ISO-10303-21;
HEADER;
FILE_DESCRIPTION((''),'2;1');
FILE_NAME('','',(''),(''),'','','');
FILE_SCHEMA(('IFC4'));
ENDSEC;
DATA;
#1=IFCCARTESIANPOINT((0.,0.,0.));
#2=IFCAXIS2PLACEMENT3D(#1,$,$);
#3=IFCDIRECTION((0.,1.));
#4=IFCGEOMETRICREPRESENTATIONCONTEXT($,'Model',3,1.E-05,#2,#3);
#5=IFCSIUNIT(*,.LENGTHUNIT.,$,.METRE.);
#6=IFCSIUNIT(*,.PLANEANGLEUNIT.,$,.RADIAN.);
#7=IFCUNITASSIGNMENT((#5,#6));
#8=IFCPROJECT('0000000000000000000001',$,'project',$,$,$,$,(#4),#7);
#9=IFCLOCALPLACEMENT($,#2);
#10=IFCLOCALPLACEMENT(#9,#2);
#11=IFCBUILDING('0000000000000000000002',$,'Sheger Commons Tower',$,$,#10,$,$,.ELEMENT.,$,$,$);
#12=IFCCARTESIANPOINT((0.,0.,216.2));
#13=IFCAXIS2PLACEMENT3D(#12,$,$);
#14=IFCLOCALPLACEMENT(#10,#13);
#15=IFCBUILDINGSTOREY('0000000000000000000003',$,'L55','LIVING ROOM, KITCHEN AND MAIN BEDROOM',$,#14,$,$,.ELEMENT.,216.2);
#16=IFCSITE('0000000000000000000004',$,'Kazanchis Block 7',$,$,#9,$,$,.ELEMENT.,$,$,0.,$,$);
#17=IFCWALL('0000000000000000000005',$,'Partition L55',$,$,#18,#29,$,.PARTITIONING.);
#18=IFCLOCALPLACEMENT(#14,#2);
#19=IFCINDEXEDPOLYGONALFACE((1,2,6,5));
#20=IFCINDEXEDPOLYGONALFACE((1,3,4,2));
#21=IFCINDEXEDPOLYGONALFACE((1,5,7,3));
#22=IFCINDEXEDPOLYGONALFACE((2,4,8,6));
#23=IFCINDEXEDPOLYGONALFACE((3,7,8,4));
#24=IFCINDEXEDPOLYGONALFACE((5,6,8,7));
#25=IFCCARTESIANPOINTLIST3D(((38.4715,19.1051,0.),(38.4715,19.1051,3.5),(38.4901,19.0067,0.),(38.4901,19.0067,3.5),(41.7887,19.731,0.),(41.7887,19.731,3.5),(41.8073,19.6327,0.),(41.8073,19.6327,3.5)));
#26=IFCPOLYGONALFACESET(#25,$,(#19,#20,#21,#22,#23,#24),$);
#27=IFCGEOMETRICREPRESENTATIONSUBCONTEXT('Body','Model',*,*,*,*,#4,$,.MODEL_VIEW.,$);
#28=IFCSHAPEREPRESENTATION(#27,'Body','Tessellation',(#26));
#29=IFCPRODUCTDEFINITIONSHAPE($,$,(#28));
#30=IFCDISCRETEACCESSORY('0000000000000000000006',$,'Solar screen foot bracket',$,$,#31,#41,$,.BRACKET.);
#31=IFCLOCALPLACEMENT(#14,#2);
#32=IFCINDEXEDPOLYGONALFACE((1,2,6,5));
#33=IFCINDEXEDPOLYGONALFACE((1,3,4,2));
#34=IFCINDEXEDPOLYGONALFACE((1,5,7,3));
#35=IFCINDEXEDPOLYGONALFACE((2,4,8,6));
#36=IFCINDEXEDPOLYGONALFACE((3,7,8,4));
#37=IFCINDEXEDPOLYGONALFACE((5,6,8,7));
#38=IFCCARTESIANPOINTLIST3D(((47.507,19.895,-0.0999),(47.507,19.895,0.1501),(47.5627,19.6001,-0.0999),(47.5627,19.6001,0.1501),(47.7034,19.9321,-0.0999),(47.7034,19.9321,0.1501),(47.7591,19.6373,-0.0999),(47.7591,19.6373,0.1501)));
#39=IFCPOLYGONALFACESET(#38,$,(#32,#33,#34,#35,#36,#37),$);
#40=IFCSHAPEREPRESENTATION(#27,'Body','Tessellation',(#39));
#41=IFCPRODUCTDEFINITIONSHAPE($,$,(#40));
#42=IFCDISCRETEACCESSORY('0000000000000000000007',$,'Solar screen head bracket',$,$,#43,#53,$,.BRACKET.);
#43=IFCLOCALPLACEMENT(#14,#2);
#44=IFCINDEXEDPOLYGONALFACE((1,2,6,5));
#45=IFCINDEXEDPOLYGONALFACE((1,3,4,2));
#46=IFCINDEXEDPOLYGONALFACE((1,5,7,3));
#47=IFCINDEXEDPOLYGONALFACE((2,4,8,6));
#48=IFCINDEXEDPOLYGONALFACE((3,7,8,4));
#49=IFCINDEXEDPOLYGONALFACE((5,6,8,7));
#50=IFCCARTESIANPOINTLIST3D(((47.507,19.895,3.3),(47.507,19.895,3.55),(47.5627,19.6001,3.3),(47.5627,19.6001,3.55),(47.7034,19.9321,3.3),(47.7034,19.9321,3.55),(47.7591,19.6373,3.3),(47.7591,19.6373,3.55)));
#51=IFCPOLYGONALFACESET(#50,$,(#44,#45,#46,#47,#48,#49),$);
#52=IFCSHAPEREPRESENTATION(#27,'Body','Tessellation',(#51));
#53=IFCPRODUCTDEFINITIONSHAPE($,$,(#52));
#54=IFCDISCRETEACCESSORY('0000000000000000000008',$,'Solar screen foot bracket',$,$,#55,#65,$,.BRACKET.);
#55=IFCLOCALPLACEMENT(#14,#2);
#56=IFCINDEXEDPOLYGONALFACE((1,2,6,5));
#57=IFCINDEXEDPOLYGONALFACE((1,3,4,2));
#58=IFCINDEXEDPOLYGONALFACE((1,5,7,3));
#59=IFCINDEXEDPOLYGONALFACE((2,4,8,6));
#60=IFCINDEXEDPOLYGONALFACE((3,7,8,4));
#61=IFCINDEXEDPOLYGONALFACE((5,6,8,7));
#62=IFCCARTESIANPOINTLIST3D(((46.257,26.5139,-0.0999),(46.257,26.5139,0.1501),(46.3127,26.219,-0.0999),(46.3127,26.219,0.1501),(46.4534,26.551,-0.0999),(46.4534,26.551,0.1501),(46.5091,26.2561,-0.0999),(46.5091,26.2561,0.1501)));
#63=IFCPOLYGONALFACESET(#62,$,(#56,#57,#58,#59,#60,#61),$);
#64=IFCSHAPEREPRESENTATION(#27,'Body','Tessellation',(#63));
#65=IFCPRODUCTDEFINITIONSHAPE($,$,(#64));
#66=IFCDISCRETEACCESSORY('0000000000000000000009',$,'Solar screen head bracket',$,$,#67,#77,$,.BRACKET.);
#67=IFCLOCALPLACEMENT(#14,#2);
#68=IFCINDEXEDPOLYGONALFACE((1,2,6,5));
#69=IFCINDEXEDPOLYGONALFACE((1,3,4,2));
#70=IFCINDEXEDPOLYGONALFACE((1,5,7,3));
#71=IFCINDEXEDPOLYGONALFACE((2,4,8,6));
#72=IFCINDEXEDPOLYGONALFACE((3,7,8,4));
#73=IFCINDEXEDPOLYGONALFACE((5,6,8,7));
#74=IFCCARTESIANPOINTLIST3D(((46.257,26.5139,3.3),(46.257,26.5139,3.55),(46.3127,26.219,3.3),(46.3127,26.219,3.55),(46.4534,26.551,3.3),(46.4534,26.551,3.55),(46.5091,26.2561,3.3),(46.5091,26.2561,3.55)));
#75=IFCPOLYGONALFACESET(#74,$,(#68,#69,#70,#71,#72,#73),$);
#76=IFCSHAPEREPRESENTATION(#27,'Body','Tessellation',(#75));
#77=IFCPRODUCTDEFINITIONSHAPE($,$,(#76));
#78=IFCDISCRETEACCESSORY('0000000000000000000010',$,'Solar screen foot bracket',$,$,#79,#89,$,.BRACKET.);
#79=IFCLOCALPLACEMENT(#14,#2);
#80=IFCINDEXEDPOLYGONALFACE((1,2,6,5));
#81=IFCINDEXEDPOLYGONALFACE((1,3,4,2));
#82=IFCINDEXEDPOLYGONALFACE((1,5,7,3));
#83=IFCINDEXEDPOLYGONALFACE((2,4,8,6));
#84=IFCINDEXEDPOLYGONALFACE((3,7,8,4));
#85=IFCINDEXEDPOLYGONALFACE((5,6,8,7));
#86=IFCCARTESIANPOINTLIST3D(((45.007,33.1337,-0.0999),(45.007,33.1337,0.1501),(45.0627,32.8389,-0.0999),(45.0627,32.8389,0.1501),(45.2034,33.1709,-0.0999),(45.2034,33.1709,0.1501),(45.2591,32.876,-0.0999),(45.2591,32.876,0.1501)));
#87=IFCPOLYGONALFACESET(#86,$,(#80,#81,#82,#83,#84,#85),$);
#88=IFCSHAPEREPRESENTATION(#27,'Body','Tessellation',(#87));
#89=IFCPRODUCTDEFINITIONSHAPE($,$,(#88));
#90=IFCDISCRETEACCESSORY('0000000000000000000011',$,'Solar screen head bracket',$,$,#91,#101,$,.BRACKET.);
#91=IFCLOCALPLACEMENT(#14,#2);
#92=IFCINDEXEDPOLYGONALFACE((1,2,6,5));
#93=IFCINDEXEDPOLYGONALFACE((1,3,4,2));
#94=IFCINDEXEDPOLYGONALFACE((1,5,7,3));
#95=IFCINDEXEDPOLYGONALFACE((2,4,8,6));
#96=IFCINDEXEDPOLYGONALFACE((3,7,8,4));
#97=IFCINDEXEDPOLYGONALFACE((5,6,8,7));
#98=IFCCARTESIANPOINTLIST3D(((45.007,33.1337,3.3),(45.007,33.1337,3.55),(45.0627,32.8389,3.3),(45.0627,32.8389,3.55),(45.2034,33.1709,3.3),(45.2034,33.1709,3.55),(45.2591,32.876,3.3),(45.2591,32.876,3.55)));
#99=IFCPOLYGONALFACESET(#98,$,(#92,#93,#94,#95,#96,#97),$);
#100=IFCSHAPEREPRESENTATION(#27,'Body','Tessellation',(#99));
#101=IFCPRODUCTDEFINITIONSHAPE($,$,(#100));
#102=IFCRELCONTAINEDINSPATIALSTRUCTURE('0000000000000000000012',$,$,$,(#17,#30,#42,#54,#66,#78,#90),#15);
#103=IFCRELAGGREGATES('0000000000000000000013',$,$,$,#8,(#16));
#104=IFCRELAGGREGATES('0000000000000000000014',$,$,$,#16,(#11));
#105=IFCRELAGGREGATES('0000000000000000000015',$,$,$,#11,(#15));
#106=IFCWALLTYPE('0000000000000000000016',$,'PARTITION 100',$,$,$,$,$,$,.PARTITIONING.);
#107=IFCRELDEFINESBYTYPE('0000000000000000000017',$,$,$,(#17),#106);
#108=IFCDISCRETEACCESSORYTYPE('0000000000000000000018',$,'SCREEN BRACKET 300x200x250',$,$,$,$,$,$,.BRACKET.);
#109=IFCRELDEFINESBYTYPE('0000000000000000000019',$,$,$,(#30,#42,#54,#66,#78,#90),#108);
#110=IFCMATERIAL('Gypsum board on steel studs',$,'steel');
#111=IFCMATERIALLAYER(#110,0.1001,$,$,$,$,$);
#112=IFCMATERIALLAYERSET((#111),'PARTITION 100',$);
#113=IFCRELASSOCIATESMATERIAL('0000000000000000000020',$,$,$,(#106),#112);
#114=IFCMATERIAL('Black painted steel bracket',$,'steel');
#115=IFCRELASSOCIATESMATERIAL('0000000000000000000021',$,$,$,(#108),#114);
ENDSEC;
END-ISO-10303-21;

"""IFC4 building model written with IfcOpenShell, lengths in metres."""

from ifc_helpers import new_model, si_unit, direction, frame, frame_2d, origin, origin_2d, place, context, subcontext, project, spatial, rectangle, extrude, material, layer, layer_set, type_object, element, save


model = new_model("IFC4")

# Units and contexts
model_context = context("Model", 3, precision=1e-05, world=origin(), true_north=direction((0.0, 1.0)))
body_context = subcontext(model_context, "Body", "Model", "MODEL_VIEW")
ifc_project = project(units=[si_unit("LENGTHUNIT", "METRE"), si_unit("PLANEANGLEUNIT", "RADIAN")], contexts=[model_context])

# Site, building, storey
site_placement = place(None, origin())
site = spatial("IfcSite", under=ifc_project, at=site_placement, Name="Kazanchis Block 7", CompositionType="ELEMENT", RefElevation=0.0)
building_placement = place(site_placement, origin())
building = spatial("IfcBuilding", under=site, at=building_placement, Name="Sheger Commons Tower", CompositionType="ELEMENT")
storey_placement = place(building_placement, frame((0.0, 0.0, 216.2)))
storey = spatial("IfcBuildingStorey", under=building, at=storey_placement, Name="L55", Description="LIVING ROOM, KITCHEN AND MAIN BEDROOM", CompositionType="ELEMENT", Elevation=216.2)

# Shared definitions
ifc_material_1 = material(Name="Gypsum board on steel studs", Category="steel")
ifc_layer_1 = layer(ifc_material_1, 0.1001)
ifc_layer_set_1 = layer_set([ifc_layer_1], Name="PARTITION 100")
wall_type_1 = type_object("IfcWallType", Name="PARTITION 100", PredefinedType="PARTITIONING", material=ifc_layer_set_1)

# Wall
wall_1_placement = place(storey_placement, frame((41.7981, 19.6819, 0.0), z_axis=(0.0, 0.0, 1.0), x_axis=(-0.982656, -0.185437, 0.0)))
element("IfcWall", 1, at=wall_1_placement, inside=storey, type_object=wall_type_1, Name="Partition L55", PredefinedType="PARTITIONING", context=body_context, shape_type="SweptSolid", body=[
    extrude(rectangle(XDim=3.3757, YDim=0.1001, at=frame_2d((1.688, 0.0))), origin(), (0.0, 0.0, 1.0), 3.5),
])

# Discrete accessories
ifc_material_2 = material(Name="Black painted steel bracket", Category="steel")
discrete_accessory_type = type_object("IfcDiscreteAccessoryType", Name="SCREEN BRACKET 300x200x250", PredefinedType="BRACKET", material=ifc_material_2)
for number, where, z_axis, x_axis, name in (
    (2, (47.6331, 19.7661, -0.0999), (0.0, 0.0, 1.0), (-0.185615, 0.982623, 0.0), "Solar screen foot bracket"),
    (3, (47.6331, 19.7661, 3.3), (0.0, 0.0, 1.0), (-0.185615, 0.982623, 0.0), "Solar screen head bracket"),
    (4, (46.3831, 26.385, -0.0999), (0.0, 0.0, 1.0), (-0.185615, 0.982623, 0.0), "Solar screen foot bracket"),
    (5, (46.3831, 26.385, 3.3), (0.0, 0.0, 1.0), (-0.185615, 0.982623, 0.0), "Solar screen head bracket"),
    (6, (45.1331, 33.0049, -0.0999), (0.0, 0.0, 1.0), (-0.185615, 0.982623, 0.0), "Solar screen foot bracket"),
    (7, (45.1331, 33.0049, 3.3), (0.0, 0.0, 1.0), (-0.185615, 0.982623, 0.0), "Solar screen head bracket"),
):
    element("IfcDiscreteAccessory", number, at=place(storey_placement, frame(where, z_axis=z_axis, x_axis=x_axis)), inside=storey, type_object=discrete_accessory_type, Name=name, PredefinedType="BRACKET", context=body_context, shape_type="SweptSolid", body=[
        extrude(rectangle(XDim=0.3, YDim=0.2, at=origin_2d()), origin(), (0.0, 0.0, 1.0), 0.25),
    ])

save(model, "model.ifc")
